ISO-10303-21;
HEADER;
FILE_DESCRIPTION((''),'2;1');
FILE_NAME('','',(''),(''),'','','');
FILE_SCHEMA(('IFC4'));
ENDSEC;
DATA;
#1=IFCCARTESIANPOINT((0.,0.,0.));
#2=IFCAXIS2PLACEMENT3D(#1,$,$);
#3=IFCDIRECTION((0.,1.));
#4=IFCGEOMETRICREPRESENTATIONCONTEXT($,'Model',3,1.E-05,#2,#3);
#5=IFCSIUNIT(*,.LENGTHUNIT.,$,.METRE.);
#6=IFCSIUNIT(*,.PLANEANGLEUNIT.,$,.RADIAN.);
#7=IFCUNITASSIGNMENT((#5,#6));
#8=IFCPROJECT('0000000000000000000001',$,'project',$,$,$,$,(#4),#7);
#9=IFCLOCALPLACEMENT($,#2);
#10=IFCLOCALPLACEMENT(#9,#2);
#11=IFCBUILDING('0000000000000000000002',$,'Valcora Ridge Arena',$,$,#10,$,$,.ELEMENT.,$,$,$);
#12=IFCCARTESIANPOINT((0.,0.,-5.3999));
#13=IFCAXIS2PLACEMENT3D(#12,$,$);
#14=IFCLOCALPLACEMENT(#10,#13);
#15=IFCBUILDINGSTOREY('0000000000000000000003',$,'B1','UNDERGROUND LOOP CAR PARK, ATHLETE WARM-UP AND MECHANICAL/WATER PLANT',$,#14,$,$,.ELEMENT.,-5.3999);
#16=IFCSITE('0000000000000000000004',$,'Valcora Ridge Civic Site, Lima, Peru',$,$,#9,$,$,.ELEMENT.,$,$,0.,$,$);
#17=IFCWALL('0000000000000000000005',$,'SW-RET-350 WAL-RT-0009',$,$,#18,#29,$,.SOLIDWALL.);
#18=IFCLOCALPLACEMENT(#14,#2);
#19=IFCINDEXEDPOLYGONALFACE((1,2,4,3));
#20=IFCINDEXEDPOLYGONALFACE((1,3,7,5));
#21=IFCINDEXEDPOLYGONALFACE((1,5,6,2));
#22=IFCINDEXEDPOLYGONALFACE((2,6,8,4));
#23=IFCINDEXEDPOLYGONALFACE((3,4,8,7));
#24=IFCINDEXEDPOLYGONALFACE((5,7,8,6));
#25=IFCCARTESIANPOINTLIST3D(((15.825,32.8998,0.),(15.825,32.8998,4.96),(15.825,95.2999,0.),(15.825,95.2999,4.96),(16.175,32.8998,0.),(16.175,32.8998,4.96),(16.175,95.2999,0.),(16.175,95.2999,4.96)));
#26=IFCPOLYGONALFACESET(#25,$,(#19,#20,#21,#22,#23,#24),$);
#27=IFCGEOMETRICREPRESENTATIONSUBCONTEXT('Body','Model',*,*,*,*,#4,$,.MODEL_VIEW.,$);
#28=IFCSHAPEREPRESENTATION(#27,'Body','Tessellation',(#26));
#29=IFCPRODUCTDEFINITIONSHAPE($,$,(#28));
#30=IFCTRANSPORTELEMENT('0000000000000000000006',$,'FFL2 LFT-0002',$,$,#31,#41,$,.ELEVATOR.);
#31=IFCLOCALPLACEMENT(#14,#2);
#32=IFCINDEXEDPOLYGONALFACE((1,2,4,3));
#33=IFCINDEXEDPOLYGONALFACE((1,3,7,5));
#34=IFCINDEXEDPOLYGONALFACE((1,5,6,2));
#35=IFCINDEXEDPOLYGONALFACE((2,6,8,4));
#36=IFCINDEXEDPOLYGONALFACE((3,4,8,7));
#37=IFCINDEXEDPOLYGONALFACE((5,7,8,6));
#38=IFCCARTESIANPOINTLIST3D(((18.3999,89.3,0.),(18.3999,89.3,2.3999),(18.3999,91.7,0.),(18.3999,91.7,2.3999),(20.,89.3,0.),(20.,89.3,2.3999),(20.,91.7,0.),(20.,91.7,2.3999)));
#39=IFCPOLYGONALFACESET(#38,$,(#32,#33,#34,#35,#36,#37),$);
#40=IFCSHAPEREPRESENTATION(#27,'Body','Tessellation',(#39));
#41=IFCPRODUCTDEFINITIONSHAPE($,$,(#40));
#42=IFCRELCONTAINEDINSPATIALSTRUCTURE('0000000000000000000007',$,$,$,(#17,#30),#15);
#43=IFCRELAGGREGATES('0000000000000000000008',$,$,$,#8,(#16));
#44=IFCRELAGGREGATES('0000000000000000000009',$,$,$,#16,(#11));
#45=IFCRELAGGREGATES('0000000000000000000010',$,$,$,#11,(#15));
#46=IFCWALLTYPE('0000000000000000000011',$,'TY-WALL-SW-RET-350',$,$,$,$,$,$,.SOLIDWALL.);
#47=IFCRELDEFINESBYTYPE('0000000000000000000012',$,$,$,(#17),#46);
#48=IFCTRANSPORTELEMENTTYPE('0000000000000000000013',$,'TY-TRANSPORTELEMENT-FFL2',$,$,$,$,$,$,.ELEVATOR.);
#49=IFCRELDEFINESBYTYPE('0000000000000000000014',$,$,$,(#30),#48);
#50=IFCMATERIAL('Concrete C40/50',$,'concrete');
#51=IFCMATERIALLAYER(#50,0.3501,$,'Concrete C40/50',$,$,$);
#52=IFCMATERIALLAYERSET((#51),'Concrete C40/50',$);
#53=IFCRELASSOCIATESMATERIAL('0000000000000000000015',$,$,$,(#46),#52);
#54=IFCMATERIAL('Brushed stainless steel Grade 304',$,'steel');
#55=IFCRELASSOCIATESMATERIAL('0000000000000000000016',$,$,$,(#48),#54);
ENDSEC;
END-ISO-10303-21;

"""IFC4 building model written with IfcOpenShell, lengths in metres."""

from ifc_helpers import new_model, si_unit, direction, frame, frame_2d, origin, origin_2d, place, context, subcontext, project, spatial, rectangle, extrude, material, layer, layer_set, type_object, element, save


model = new_model("IFC4")

# Units and contexts
model_context = context("Model", 3, precision=1e-05, world=origin(), true_north=direction((0.0, 1.0)))
body_context = subcontext(model_context, "Body", "Model", "MODEL_VIEW")
ifc_project = project(units=[si_unit("LENGTHUNIT", "METRE"), si_unit("PLANEANGLEUNIT", "RADIAN")], contexts=[model_context])

# Site, building, storey
site_placement = place(None, origin())
site = spatial("IfcSite", under=ifc_project, at=site_placement, Name="Valcora Ridge Civic Site, Lima, Peru", CompositionType="ELEMENT", RefElevation=0.0)
building_placement = place(site_placement, origin())
building = spatial("IfcBuilding", under=site, at=building_placement, Name="Valcora Ridge Arena", CompositionType="ELEMENT")
storey_placement = place(building_placement, frame((0.0, 0.0, -5.3999)))
storey = spatial("IfcBuildingStorey", under=building, at=storey_placement, Name="B1", Description="UNDERGROUND LOOP CAR PARK, ATHLETE WARM-UP AND MECHANICAL/WATER PLANT", CompositionType="ELEMENT", Elevation=-5.3999)

# Shared definitions
ifc_material_1 = material(Name="Concrete C40/50", Category="concrete")

# Wall
ifc_layer_1 = layer(ifc_material_1, 0.3501, Name="Concrete C40/50")
ifc_layer_set_1 = layer_set([ifc_layer_1], Name="Concrete C40/50")
wall_type_1 = type_object("IfcWallType", Name="TY-WALL-SW-RET-350", PredefinedType="SOLIDWALL", material=ifc_layer_set_1)
wall_1_placement = place(storey_placement, frame((16.0, 95.3, 0.0), z_axis=(0.0, 0.0, 1.0), x_axis=(0.0, -1.0, 0.0)))
element("IfcWall", 1, at=wall_1_placement, inside=storey, type_object=wall_type_1, Name="SW-RET-350 WAL-RT-0009", PredefinedType="SOLIDWALL", context=body_context, shape_type="SweptSolid", body=[
    extrude(rectangle(XDim=62.4001, YDim=0.3501, at=frame_2d((31.2002, 0.0))), origin(), (0.0, 0.0, 1.0), 4.96),
])

# Transport element
ifc_material_2 = material(Name="Brushed stainless steel Grade 304", Category="steel")
transport_element_type = type_object("IfcTransportElementType", Name="TY-TRANSPORTELEMENT-FFL2", PredefinedType="ELEVATOR", material=ifc_material_2)
transport_element_placement = place(storey_placement, frame((19.2, 90.5, 0.0), z_axis=(0.0, 0.0, 1.0), x_axis=(1.0, 0.0, 0.0)))
element("IfcTransportElement", 2, at=transport_element_placement, inside=storey, type_object=transport_element_type, Name="FFL2 LFT-0002", PredefinedType="ELEVATOR", context=body_context, shape_type="SweptSolid", body=[
    extrude(rectangle(XDim=1.6001, YDim=2.3999, at=origin_2d()), origin(), (0.0, 0.0, 1.0), 2.3999),
])

save(model, "model.ifc")
